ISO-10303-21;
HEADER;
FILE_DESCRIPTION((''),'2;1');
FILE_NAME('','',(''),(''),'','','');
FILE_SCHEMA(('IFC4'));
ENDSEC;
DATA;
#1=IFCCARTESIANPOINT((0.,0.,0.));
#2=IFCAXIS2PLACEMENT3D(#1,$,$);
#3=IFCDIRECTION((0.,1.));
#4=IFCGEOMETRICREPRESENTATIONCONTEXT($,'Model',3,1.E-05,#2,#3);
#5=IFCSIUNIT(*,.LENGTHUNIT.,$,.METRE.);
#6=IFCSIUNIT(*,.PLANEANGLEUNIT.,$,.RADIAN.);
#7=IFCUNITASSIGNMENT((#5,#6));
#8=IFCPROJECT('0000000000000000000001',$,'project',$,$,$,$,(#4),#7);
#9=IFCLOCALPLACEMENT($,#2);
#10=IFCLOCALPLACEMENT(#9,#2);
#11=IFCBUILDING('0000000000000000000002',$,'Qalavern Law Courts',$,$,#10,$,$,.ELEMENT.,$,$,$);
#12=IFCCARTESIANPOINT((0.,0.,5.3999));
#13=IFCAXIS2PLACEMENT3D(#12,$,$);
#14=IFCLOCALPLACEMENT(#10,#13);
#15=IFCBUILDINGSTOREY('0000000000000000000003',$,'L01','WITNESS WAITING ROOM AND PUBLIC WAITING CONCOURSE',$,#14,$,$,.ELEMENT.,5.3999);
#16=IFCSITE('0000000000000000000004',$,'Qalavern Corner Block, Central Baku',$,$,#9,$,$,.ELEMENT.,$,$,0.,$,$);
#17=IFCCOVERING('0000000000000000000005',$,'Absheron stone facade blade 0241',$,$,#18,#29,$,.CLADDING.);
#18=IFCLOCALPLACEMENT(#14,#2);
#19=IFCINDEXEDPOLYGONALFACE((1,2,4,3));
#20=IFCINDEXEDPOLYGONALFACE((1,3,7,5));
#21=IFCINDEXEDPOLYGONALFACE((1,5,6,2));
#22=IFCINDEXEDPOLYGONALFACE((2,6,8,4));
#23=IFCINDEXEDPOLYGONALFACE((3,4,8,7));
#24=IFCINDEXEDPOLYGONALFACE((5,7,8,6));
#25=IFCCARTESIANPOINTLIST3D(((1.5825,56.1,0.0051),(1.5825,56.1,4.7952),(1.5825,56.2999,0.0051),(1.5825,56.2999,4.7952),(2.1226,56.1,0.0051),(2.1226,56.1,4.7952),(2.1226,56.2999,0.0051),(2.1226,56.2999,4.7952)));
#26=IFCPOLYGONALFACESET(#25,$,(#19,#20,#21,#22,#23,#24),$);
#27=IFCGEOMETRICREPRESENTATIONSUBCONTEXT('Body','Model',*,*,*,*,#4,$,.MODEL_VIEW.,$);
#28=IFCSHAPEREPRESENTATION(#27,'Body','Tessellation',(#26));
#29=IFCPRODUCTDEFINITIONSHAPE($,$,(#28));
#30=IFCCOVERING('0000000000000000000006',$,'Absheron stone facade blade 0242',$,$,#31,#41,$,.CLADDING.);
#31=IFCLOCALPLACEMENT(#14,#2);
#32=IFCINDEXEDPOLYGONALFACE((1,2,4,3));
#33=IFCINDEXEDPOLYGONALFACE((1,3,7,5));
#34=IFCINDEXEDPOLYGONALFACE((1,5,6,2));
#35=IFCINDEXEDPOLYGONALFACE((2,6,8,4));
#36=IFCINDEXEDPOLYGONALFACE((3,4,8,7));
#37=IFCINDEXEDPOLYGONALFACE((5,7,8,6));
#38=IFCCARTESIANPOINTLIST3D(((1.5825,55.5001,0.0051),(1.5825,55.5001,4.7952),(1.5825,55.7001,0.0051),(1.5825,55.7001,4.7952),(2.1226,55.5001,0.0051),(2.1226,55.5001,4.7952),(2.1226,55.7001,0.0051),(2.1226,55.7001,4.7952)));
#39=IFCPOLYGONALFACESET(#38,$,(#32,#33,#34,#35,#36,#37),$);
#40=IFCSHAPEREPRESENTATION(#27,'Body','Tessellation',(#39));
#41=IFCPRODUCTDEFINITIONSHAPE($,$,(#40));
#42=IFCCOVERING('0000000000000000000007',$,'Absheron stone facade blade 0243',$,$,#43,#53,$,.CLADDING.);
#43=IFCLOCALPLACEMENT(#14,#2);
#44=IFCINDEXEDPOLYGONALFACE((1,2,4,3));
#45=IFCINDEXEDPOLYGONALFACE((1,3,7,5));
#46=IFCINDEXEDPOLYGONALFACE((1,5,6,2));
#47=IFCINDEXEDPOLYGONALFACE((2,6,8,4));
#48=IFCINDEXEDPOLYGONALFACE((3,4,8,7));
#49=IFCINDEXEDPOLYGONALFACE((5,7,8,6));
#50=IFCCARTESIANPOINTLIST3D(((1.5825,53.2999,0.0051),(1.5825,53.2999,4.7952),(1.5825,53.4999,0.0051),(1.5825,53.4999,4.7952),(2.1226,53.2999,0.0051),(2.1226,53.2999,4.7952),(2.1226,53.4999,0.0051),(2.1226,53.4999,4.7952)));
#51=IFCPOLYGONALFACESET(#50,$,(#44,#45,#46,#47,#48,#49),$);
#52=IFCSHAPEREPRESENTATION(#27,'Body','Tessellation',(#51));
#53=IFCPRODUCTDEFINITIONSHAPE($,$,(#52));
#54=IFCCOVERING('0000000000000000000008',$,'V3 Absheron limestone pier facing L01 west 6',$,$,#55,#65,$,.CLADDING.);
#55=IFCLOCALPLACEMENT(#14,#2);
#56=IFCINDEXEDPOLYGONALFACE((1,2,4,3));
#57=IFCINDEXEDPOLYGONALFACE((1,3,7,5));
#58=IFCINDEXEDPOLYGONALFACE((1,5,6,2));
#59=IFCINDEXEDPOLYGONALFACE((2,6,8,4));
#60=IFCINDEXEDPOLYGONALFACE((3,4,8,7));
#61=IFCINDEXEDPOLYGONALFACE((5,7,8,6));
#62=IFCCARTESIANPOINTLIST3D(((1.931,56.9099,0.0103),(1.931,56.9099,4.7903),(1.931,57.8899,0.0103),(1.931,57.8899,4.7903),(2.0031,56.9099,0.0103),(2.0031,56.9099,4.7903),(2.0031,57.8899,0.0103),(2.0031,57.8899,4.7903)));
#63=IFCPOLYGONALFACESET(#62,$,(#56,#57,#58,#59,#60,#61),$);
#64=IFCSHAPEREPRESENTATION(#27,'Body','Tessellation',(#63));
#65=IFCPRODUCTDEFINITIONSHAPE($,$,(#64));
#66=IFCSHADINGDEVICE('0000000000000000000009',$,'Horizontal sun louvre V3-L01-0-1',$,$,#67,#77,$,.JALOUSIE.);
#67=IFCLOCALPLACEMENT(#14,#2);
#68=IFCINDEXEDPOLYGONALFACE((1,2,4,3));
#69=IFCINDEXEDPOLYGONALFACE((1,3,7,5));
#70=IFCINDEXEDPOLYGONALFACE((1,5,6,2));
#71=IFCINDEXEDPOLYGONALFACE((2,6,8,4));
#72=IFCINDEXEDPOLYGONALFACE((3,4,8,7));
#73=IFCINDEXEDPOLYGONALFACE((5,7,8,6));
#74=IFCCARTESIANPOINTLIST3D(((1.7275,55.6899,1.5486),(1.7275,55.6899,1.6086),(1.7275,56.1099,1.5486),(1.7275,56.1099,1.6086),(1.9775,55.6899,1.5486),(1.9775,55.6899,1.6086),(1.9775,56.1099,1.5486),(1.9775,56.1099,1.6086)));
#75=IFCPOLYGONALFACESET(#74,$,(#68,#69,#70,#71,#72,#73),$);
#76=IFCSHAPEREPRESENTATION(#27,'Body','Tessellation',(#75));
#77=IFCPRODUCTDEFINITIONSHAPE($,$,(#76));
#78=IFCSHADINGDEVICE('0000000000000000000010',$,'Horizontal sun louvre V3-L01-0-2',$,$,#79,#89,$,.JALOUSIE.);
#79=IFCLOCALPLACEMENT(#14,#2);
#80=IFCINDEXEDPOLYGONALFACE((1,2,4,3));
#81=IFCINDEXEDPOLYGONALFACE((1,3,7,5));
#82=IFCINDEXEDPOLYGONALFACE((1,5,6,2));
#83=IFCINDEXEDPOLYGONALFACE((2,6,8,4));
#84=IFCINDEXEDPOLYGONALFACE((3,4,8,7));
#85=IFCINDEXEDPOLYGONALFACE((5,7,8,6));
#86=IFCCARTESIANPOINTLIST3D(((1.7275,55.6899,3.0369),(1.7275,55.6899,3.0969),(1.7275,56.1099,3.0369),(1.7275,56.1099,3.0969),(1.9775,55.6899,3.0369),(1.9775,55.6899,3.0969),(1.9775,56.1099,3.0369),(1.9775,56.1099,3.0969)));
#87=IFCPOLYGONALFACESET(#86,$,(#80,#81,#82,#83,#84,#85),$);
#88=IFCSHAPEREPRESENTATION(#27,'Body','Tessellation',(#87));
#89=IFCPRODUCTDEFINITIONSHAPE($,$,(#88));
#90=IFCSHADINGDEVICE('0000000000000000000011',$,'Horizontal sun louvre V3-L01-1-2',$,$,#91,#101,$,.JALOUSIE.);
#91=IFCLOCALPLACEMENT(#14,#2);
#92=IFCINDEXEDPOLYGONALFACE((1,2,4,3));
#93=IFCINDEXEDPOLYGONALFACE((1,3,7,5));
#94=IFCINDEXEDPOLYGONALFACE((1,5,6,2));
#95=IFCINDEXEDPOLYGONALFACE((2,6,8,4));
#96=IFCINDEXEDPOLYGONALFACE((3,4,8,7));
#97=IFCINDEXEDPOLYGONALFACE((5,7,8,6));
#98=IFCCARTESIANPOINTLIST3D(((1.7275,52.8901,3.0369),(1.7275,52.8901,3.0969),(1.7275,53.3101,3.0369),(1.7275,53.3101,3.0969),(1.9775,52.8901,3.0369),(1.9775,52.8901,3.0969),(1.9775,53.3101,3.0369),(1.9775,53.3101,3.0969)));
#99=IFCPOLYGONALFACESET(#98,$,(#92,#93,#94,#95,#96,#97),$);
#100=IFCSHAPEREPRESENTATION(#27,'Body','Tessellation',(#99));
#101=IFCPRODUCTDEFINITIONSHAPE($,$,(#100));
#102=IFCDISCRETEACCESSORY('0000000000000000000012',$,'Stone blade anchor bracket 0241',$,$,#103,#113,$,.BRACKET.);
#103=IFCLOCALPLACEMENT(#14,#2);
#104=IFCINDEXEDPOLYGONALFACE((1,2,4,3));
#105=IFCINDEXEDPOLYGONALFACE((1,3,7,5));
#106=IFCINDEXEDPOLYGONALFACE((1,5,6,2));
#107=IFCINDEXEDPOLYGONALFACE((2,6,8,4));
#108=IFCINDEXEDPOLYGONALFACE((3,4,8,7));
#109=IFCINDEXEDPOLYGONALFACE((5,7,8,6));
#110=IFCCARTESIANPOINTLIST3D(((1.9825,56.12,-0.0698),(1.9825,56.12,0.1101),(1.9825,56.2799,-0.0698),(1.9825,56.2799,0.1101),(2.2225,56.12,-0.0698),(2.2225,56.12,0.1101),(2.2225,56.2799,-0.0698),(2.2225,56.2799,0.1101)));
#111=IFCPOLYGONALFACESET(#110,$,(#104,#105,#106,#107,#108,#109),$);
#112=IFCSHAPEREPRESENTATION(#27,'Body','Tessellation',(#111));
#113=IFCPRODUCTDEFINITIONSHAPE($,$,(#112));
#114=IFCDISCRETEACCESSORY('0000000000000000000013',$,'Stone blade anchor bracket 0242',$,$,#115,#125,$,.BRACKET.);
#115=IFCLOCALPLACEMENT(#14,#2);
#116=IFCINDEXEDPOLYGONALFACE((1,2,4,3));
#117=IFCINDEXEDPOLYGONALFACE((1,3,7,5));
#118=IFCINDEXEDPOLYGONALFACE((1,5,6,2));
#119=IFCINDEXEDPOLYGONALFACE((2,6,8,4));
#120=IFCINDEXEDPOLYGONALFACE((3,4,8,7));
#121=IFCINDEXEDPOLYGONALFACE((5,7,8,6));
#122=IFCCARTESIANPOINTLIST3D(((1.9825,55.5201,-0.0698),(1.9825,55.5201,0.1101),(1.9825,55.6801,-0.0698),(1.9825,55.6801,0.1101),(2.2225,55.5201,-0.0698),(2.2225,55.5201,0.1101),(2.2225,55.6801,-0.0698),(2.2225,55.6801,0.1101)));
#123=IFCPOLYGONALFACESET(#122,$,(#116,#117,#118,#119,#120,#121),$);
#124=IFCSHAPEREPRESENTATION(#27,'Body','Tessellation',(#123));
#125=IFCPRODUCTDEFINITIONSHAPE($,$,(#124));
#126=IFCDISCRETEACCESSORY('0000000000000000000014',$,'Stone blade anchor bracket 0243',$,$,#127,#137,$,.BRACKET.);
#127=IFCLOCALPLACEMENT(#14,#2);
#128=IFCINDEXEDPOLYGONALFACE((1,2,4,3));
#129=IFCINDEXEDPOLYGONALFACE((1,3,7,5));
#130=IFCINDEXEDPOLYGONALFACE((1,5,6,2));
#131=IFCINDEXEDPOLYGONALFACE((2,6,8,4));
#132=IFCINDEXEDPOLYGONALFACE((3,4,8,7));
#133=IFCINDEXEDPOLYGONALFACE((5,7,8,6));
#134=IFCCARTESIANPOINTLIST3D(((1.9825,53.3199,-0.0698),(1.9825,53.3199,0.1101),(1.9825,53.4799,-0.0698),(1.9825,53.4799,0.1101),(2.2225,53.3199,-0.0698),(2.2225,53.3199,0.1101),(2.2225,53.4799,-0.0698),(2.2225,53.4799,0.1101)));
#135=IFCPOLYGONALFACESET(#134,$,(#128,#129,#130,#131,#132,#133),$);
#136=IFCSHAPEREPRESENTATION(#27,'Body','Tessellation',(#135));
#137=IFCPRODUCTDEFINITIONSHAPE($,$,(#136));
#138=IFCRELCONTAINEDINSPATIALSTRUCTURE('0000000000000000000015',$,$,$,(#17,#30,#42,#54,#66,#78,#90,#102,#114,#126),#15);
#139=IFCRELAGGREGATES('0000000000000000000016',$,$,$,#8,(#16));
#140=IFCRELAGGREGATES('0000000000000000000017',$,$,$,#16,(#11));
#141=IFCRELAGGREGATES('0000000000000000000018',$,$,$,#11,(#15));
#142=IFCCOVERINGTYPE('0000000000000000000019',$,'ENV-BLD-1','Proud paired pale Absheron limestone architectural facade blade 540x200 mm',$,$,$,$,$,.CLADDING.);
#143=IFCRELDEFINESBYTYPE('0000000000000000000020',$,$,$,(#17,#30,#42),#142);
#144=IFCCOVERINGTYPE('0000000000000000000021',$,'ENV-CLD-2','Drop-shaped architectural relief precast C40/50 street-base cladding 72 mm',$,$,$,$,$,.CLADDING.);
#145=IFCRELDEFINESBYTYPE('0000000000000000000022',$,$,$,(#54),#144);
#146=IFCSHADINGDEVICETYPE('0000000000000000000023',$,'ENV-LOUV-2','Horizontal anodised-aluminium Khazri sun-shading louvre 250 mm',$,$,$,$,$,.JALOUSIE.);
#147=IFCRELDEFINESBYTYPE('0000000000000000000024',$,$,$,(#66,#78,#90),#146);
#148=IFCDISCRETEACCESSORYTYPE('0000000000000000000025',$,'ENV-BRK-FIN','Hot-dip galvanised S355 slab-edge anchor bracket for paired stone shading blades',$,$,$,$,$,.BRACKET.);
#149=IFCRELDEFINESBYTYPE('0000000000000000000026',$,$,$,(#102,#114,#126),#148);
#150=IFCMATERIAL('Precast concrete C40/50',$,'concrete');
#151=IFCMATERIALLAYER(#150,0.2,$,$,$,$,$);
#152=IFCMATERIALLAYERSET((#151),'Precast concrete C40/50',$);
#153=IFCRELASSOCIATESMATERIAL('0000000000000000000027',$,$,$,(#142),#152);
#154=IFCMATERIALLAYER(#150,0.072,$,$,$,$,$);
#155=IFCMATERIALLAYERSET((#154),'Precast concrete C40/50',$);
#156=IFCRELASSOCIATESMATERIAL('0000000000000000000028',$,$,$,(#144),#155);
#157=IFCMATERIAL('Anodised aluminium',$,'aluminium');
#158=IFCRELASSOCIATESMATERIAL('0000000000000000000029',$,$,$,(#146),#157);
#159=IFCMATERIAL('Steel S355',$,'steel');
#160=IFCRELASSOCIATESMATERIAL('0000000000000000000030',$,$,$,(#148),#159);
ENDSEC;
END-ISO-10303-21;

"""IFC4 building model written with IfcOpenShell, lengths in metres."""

from ifc_helpers import new_model, si_unit, direction, frame, origin, origin_2d, place, context, subcontext, project, spatial, rectangle, extrude, material, layer, layer_set, type_object, element, save


model = new_model("IFC4")

# Units and contexts
model_context = context("Model", 3, precision=1e-05, world=origin(), true_north=direction((0.0, 1.0)))
body_context = subcontext(model_context, "Body", "Model", "MODEL_VIEW")
ifc_project = project(units=[si_unit("LENGTHUNIT", "METRE"), si_unit("PLANEANGLEUNIT", "RADIAN")], contexts=[model_context])

# Site, building, storey
site_placement = place(None, origin())
site = spatial("IfcSite", under=ifc_project, at=site_placement, Name="Qalavern Corner Block, Central Baku", CompositionType="ELEMENT", RefElevation=0.0)
building_placement = place(site_placement, origin())
building = spatial("IfcBuilding", under=site, at=building_placement, Name="Qalavern Law Courts", CompositionType="ELEMENT")
storey_placement = place(building_placement, frame((0.0, 0.0, 5.3999)))
storey = spatial("IfcBuildingStorey", under=building, at=storey_placement, Name="L01", Description="WITNESS WAITING ROOM AND PUBLIC WAITING CONCOURSE", CompositionType="ELEMENT", Elevation=5.3999)

# Shared definitions
ifc_material_1 = material(Name="Anodised aluminium", Category="aluminium")

# Coverings
ifc_material_2 = material(Name="Precast concrete C40/50", Category="concrete")
ifc_layer_1 = layer(ifc_material_2, 0.2)
ifc_layer_set_1 = layer_set([ifc_layer_1], Name="Precast concrete C40/50")
covering_type_1 = type_object("IfcCoveringType", Name="ENV-BLD-1", Description="Proud paired pale Absheron limestone architectural facade blade 540x200 mm", PredefinedType="CLADDING", material=ifc_layer_set_1)
for number, where, z_axis, x_axis, name in (
    (1, (1.8525, 56.2, 0.0051), (0.0, 0.0, 1.0), (-1.0, 0.0, 0.0), "Absheron stone facade blade 0241"),
    (2, (1.8525, 55.6001, 0.0051), (0.0, 0.0, 1.0), (-1.0, 0.0, 0.0), "Absheron stone facade blade 0242"),
    (3, (1.8525, 53.3999, 0.0051), (0.0, 0.0, 1.0), (-1.0, 0.0, 0.0), "Absheron stone facade blade 0243"),
):
    element("IfcCovering", number, at=place(storey_placement, frame(where, z_axis=z_axis, x_axis=x_axis)), inside=storey, type_object=covering_type_1, Name=name, PredefinedType="CLADDING", context=body_context, shape_type="SweptSolid", body=[
        extrude(rectangle(XDim=0.54, YDim=0.2, at=origin_2d()), origin(), (0.0, 0.0, 1.0), 4.79),
    ])
ifc_layer_2 = layer(ifc_material_2, 0.072)
ifc_layer_set_2 = layer_set([ifc_layer_2], Name="Precast concrete C40/50")
covering_type_2 = type_object("IfcCoveringType", Name="ENV-CLD-2", Description="Drop-shaped architectural relief precast C40/50 street-base cladding 72 mm", PredefinedType="CLADDING", material=ifc_layer_set_2)
covering_placement = place(storey_placement, frame((1.967, 57.3999, 0.0103), z_axis=(0.0, 0.0, 1.0), x_axis=(0.0, -1.0, 0.0)))
element("IfcCovering", 4, at=covering_placement, inside=storey, type_object=covering_type_2, Name="V3 Absheron limestone pier facing L01 west 6", PredefinedType="CLADDING", context=body_context, shape_type="SweptSolid", body=[
    extrude(rectangle(XDim=0.98, YDim=0.072, at=origin_2d()), origin(), (0.0, 0.0, 1.0), 4.78),
])

# Shading devices
shading_device_type = type_object("IfcShadingDeviceType", Name="ENV-LOUV-2", Description="Horizontal anodised-aluminium Khazri sun-shading louvre 250 mm", PredefinedType="JALOUSIE", material=ifc_material_1)
for number, where, z_axis, x_axis, name in (
    (5, (1.8525, 55.8999, 1.5486), (0.0, 0.0, 1.0), (0.0, -1.0, 0.0), "Horizontal sun louvre V3-L01-0-1"),
    (6, (1.8525, 55.8999, 3.0369), (0.0, 0.0, 1.0), (0.0, -1.0, 0.0), "Horizontal sun louvre V3-L01-0-2"),
    (7, (1.8525, 53.1001, 3.0369), (0.0, 0.0, 1.0), (0.0, -1.0, 0.0), "Horizontal sun louvre V3-L01-1-2"),
):
    element("IfcShadingDevice", number, at=place(storey_placement, frame(where, z_axis=z_axis, x_axis=x_axis)), inside=storey, type_object=shading_device_type, Name=name, PredefinedType="JALOUSIE", context=body_context, shape_type="SweptSolid", body=[
        extrude(rectangle(XDim=0.4199, YDim=0.25, at=origin_2d()), origin(), (0.0, 0.0, 1.0), 0.0601),
    ])

# Discrete accessories
ifc_material_3 = material(Name="Steel S355", Category="steel")
discrete_accessory_type = type_object("IfcDiscreteAccessoryType", Name="ENV-BRK-FIN", Description="Hot-dip galvanised S355 slab-edge anchor bracket for paired stone shading blades", PredefinedType="BRACKET", material=ifc_material_3)
for number, where, z_axis, x_axis, name in (
    (8, (2.1025, 56.2, -0.0698), (0.0, 0.0, 1.0), (-1.0, 0.0, 0.0), "Stone blade anchor bracket 0241"),
    (9, (2.1025, 55.6001, -0.0698), (0.0, 0.0, 1.0), (-1.0, 0.0, 0.0), "Stone blade anchor bracket 0242"),
    (10, (2.1025, 53.3999, -0.0698), (0.0, 0.0, 1.0), (-1.0, 0.0, 0.0), "Stone blade anchor bracket 0243"),
):
    element("IfcDiscreteAccessory", number, at=place(storey_placement, frame(where, z_axis=z_axis, x_axis=x_axis)), inside=storey, type_object=discrete_accessory_type, Name=name, PredefinedType="BRACKET", context=body_context, shape_type="SweptSolid", body=[
        extrude(rectangle(XDim=0.24, YDim=0.1599, at=origin_2d()), origin(), (0.0, 0.0, 1.0), 0.1799),
    ])

save(model, "model.ifc")
